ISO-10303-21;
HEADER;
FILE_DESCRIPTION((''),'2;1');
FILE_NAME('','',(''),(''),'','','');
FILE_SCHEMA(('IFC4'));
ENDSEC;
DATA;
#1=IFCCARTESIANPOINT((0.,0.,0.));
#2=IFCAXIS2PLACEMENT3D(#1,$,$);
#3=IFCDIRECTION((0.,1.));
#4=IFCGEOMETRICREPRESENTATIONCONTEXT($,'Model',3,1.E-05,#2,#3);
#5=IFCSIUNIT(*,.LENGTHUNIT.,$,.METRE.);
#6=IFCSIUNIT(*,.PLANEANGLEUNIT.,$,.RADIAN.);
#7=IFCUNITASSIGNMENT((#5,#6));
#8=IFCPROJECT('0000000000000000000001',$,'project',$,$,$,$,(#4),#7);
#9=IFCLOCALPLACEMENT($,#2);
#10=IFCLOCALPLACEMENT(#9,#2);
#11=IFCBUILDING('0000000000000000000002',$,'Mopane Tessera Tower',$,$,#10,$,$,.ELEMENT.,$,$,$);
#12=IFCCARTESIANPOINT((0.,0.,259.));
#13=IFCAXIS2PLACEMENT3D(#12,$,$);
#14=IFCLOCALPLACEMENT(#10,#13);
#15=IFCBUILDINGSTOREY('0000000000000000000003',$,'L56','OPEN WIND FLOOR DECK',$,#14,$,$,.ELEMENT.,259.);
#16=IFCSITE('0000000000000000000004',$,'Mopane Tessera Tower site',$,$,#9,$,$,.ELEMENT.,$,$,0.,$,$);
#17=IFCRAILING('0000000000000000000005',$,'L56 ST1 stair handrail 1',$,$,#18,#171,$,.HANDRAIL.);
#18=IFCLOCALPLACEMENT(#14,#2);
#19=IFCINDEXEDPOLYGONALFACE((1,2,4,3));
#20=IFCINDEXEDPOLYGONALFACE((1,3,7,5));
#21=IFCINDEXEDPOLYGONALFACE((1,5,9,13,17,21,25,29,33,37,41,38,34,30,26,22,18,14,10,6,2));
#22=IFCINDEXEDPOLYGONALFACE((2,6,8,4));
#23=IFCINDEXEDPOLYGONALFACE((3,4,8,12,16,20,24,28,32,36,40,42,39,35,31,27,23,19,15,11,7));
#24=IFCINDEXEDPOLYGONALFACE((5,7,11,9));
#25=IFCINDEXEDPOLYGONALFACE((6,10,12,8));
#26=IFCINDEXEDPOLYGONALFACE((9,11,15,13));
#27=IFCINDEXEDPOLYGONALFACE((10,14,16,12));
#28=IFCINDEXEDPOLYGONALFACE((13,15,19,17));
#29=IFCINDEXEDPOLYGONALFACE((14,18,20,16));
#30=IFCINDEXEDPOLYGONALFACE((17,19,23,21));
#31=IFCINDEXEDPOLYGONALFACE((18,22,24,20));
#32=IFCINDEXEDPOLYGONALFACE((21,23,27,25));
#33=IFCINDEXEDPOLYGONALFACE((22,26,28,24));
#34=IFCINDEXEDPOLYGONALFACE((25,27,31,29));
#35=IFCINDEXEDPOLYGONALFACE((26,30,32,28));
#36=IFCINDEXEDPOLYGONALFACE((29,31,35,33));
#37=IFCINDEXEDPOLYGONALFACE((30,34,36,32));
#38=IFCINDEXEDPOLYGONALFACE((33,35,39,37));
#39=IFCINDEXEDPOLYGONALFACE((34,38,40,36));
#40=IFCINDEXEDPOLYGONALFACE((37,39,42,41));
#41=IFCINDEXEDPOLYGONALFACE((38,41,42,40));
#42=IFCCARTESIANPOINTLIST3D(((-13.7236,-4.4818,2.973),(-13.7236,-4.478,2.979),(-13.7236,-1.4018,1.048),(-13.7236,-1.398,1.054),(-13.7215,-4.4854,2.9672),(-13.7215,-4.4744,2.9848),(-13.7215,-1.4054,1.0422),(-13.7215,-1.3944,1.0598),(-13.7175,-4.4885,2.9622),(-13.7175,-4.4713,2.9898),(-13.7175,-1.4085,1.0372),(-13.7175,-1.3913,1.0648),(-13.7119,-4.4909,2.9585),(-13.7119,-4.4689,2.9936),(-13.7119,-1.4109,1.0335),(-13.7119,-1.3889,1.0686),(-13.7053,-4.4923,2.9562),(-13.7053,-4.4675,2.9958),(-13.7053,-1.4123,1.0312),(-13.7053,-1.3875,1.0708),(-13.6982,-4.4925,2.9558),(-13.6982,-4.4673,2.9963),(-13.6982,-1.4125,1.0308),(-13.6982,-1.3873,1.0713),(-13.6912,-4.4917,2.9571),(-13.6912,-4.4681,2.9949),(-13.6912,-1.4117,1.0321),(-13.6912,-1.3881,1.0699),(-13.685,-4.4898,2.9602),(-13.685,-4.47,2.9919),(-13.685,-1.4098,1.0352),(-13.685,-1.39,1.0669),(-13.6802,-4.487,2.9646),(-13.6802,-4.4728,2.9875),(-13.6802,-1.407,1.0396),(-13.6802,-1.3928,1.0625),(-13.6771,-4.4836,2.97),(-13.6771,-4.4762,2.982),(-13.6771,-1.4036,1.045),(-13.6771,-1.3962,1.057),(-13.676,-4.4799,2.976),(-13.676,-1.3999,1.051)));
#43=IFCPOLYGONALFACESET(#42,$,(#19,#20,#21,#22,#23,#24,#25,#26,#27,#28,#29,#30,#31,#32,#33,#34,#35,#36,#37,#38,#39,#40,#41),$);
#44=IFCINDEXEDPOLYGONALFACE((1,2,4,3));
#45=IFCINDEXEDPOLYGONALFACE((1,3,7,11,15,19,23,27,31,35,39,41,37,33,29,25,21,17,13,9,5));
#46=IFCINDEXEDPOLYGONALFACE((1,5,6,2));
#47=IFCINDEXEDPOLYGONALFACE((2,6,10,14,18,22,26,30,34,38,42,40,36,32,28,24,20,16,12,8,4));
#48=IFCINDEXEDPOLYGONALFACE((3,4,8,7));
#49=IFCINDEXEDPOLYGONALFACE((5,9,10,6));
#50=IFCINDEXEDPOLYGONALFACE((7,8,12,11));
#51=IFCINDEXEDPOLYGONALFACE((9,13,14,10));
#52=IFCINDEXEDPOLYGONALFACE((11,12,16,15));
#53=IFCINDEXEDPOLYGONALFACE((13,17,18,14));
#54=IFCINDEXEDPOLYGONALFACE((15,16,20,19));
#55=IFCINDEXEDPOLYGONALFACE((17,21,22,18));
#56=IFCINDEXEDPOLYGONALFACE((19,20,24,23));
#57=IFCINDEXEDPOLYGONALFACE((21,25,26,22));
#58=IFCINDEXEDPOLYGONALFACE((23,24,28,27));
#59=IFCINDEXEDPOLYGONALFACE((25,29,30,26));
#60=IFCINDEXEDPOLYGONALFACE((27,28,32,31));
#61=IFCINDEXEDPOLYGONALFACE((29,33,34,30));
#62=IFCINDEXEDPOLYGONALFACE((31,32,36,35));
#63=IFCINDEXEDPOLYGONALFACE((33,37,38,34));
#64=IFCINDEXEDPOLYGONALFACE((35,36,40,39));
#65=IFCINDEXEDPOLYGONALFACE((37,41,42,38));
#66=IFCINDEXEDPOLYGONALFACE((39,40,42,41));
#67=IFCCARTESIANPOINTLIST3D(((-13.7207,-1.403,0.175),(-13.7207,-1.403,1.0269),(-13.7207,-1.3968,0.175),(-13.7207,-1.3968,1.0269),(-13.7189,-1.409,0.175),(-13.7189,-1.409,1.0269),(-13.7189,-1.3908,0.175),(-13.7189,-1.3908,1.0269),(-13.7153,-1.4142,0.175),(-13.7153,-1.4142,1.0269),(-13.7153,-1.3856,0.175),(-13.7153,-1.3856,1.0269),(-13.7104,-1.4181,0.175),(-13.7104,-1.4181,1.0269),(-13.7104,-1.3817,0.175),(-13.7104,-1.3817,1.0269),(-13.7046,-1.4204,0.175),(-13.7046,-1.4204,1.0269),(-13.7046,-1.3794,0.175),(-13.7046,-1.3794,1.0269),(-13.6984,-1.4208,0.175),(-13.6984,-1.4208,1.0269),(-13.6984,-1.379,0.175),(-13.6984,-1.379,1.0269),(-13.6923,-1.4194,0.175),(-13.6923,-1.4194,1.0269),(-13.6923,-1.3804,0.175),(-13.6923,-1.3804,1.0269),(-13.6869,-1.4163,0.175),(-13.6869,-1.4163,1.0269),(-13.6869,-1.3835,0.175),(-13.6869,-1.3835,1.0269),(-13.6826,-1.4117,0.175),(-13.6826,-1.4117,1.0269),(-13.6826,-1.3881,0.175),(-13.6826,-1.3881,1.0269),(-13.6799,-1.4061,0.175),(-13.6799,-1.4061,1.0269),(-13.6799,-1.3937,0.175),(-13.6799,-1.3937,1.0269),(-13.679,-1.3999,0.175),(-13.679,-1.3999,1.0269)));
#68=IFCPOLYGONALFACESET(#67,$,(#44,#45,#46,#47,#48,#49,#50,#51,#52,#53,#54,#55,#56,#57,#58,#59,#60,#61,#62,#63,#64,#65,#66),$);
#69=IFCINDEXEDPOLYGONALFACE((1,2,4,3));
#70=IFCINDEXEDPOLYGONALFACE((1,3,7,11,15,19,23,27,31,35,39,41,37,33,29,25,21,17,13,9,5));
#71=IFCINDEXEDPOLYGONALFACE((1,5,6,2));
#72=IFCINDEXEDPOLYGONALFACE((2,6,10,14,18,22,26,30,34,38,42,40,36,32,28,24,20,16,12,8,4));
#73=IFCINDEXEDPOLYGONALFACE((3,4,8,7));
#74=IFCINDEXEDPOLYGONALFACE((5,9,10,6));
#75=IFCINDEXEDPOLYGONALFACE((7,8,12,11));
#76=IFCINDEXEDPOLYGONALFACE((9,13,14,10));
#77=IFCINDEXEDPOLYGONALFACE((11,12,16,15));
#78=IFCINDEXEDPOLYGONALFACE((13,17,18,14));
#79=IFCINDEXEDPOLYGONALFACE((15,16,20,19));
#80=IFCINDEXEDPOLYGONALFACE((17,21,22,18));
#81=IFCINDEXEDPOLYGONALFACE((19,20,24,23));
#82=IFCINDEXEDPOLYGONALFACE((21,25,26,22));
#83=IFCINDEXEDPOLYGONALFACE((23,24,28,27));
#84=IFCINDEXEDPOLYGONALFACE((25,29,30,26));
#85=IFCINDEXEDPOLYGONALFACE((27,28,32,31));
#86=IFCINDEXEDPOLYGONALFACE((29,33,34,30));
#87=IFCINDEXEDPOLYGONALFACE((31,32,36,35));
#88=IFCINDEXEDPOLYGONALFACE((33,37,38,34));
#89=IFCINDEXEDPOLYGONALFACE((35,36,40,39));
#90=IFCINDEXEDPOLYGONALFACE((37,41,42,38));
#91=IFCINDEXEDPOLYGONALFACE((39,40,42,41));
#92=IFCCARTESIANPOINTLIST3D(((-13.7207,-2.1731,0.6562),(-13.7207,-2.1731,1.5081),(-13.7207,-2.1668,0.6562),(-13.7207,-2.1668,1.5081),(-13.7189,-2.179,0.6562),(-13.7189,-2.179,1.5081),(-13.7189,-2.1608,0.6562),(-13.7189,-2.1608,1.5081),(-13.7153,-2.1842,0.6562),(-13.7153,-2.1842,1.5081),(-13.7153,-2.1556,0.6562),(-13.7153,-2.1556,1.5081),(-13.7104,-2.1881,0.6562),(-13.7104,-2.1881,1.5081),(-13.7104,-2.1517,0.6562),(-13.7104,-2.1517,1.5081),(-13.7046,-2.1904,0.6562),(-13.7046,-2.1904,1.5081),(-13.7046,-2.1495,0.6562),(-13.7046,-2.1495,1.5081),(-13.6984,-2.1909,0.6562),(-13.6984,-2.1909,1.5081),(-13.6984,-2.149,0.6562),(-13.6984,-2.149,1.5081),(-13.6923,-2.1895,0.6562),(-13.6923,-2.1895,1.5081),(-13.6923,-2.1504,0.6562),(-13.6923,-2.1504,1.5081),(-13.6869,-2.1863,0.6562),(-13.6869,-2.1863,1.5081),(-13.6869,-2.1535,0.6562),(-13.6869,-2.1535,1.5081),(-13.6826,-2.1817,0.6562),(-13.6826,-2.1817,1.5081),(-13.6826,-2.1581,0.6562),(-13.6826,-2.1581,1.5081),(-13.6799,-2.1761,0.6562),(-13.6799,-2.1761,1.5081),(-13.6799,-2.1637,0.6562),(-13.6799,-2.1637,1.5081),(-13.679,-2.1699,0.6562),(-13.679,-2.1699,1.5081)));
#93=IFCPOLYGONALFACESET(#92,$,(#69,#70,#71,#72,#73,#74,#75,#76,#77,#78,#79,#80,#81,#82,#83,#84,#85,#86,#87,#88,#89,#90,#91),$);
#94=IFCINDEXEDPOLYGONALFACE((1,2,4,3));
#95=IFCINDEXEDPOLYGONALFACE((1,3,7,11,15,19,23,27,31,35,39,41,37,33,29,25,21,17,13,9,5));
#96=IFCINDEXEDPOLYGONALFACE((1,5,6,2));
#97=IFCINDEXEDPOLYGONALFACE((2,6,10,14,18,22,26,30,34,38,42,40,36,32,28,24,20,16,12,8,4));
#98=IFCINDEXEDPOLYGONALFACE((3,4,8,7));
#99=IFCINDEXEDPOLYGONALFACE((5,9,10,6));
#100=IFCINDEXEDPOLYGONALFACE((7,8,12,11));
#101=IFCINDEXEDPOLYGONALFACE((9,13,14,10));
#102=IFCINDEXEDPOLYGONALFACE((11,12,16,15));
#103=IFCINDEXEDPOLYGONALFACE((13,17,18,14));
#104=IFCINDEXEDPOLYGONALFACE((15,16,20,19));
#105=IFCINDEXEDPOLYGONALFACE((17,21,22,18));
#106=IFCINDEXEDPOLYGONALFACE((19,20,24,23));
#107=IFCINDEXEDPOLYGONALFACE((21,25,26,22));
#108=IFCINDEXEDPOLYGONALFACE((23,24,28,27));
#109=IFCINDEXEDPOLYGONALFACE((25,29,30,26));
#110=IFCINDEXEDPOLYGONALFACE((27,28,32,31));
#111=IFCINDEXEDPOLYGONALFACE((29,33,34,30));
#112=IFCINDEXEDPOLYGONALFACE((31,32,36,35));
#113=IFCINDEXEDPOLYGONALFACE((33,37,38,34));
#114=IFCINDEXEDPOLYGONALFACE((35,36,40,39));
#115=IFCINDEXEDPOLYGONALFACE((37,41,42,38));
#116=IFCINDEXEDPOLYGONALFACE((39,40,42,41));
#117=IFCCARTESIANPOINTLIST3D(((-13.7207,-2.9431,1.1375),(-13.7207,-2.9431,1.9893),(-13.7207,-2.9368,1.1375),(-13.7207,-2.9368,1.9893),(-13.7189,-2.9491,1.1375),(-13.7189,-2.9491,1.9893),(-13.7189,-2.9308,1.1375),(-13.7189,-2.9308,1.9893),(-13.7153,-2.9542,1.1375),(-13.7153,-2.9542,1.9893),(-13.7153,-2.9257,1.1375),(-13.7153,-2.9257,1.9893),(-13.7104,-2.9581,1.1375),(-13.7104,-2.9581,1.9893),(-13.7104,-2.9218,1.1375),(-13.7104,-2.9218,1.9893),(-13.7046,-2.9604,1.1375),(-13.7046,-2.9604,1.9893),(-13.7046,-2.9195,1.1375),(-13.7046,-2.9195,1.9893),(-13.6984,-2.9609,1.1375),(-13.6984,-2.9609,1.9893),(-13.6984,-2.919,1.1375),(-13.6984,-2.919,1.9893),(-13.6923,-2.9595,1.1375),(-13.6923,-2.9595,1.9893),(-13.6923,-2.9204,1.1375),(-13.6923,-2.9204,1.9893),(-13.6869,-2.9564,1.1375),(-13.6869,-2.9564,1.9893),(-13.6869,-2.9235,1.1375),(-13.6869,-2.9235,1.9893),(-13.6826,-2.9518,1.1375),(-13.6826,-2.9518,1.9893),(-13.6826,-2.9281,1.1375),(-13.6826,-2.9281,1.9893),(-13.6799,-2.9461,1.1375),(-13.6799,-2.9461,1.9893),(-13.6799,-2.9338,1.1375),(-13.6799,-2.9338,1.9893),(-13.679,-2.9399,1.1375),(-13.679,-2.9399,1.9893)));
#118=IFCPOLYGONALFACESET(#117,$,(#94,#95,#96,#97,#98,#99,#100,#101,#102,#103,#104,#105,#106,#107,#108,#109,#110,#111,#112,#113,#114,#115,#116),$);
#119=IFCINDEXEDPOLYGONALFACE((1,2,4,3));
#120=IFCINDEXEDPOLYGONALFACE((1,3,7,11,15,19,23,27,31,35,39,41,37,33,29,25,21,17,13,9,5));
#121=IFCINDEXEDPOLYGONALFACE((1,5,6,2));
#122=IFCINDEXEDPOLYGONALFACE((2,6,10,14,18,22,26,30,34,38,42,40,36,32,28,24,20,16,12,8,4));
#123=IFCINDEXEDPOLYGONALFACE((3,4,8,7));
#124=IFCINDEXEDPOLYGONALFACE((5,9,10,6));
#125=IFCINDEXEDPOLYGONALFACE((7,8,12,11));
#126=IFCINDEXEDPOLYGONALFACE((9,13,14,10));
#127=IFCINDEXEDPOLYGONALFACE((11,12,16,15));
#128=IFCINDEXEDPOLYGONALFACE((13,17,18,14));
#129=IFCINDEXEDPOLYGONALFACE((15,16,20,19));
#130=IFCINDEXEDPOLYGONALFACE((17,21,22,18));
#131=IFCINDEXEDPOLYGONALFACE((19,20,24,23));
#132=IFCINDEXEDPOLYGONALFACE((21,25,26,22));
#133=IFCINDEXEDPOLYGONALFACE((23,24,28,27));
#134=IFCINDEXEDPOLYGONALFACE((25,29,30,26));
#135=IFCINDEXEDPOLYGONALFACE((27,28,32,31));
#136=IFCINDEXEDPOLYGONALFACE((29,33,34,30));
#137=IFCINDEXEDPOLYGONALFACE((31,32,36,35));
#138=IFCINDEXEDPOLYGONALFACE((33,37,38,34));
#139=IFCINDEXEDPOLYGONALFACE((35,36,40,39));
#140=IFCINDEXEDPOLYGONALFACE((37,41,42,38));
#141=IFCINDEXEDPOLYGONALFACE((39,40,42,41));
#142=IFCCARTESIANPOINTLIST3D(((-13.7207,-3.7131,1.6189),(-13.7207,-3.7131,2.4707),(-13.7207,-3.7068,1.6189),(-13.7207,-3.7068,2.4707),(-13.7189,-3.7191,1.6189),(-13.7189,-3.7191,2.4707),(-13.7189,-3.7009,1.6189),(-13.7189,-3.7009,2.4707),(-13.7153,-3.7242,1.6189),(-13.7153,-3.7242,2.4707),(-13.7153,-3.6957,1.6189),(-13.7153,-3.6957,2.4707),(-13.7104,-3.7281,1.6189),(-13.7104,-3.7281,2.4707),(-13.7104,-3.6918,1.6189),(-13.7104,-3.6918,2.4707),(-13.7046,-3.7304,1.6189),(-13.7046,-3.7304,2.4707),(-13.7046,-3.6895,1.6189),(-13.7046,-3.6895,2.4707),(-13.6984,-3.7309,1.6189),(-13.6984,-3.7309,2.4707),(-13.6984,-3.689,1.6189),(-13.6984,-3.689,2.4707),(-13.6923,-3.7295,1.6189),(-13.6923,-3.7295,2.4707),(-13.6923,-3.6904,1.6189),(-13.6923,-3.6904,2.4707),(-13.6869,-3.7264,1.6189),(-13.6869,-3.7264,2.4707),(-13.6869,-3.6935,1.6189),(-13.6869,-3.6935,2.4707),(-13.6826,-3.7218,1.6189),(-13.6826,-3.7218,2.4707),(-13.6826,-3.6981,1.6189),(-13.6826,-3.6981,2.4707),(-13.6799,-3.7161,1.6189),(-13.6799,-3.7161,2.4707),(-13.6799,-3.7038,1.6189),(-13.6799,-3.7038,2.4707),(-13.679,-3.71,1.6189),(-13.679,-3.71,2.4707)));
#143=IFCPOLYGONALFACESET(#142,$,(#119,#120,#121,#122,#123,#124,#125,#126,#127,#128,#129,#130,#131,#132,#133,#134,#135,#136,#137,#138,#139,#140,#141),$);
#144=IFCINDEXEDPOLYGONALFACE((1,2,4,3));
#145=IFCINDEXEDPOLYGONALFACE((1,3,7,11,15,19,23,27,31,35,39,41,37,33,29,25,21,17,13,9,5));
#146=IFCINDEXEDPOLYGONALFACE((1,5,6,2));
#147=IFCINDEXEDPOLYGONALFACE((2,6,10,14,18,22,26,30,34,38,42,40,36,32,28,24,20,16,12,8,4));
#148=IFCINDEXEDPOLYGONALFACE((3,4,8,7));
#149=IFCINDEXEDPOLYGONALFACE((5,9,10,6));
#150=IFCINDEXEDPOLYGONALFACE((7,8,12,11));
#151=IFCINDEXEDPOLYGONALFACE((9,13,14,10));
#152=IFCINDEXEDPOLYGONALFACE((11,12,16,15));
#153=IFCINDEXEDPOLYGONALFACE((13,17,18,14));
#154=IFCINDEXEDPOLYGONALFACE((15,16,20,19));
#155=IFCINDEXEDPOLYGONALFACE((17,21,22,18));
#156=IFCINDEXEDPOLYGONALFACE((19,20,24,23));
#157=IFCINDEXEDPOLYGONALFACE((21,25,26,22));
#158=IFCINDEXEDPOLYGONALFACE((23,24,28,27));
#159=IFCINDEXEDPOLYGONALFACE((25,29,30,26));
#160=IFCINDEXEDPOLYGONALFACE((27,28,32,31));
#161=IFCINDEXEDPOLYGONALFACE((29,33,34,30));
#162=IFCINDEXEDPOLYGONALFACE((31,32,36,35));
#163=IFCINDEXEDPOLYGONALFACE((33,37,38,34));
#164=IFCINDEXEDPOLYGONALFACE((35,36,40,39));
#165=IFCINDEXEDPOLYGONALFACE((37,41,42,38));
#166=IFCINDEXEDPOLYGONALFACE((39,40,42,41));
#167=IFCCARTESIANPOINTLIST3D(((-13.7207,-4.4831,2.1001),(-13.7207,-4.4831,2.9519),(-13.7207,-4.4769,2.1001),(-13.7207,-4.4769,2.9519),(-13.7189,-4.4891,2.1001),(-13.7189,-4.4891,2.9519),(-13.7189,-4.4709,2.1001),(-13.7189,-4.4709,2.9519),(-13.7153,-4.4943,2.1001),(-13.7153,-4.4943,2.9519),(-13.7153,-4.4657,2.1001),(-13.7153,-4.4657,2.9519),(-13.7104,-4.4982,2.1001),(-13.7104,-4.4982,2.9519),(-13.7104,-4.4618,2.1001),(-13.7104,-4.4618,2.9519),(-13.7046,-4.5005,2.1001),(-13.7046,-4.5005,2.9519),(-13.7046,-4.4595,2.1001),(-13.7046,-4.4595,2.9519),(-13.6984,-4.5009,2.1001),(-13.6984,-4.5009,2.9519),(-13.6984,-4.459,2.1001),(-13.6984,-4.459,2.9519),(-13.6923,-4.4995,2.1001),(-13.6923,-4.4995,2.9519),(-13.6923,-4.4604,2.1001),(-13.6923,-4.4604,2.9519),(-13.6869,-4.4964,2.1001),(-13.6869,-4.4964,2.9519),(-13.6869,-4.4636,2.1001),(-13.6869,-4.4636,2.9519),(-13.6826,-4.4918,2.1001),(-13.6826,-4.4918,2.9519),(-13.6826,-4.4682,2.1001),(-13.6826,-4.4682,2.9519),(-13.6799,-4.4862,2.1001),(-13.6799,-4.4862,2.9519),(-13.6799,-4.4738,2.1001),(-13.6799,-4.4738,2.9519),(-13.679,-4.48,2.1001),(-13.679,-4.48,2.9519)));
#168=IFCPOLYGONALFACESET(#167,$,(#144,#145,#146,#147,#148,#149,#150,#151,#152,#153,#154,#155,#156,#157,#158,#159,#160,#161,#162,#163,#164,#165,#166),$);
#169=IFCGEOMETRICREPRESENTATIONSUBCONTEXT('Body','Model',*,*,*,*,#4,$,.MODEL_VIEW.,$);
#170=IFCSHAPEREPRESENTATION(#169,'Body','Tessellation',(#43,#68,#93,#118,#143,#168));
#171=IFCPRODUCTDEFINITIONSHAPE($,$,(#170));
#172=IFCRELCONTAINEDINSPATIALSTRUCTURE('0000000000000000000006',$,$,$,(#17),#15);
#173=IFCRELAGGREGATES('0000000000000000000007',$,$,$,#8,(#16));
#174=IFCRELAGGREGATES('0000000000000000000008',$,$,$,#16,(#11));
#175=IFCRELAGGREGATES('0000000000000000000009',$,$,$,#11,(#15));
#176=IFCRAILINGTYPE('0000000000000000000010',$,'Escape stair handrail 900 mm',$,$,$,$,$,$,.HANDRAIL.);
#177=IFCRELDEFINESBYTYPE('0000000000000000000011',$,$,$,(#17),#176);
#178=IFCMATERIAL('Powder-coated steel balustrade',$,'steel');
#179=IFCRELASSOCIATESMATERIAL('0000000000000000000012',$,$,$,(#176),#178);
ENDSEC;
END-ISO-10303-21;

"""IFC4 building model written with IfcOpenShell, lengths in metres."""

from ifc_helpers import new_model, si_unit, direction, frame, origin, origin_2d, place, context, subcontext, project, spatial, circle, extrude, material, type_object, element, save


model = new_model("IFC4")

# Units and contexts
model_context = context("Model", 3, precision=1e-05, world=origin(), true_north=direction((0.0, 1.0)))
body_context = subcontext(model_context, "Body", "Model", "MODEL_VIEW")
ifc_project = project(units=[si_unit("LENGTHUNIT", "METRE"), si_unit("PLANEANGLEUNIT", "RADIAN")], contexts=[model_context])

# Site, building, storey
site_placement = place(None, origin())
site = spatial("IfcSite", under=ifc_project, at=site_placement, Name="Mopane Tessera Tower site", CompositionType="ELEMENT", RefElevation=0.0)
building_placement = place(site_placement, origin())
building = spatial("IfcBuilding", under=site, at=building_placement, Name="Mopane Tessera Tower", CompositionType="ELEMENT")
storey_placement = place(building_placement, frame((0.0, 0.0, 259.0)))
storey = spatial("IfcBuildingStorey", under=building, at=storey_placement, Name="L56", Description="OPEN WIND FLOOR DECK", CompositionType="ELEMENT", Elevation=259.0)

# Railing
ifc_material_1 = material(Name="Powder-coated steel balustrade", Category="steel")
railing_type_1 = type_object("IfcRailingType", Name="Escape stair handrail 900 mm", PredefinedType="HANDRAIL", material=ifc_material_1)
for number, where, name in (
    (1, (-13.7, -1.3999, 0.175), "L56 ST1 stair handrail 1"),
):
    element("IfcRailing", number, at=place(storey_placement, frame(where)), inside=storey, type_object=railing_type_1, Name=name, PredefinedType="HANDRAIL", context=body_context, shape_type="SweptSolid", body=[
        extrude(circle(Radius=0.0239, at=origin_2d()), frame((0.0, 0.0, 0.876), z_axis=(0.0, -0.847998, 0.529999), x_axis=(1.0, 0.0, 0.0)), (0.0, 0.0, 1.0), 3.6321),
        extrude(circle(Radius=0.021, at=origin_2d()), origin(), (0.0, 0.0, 1.0), 0.8518),
        extrude(circle(Radius=0.021, at=origin_2d()), frame((0.0, -0.77, 0.4812)), (0.0, 0.0, 1.0), 0.8518),
        extrude(circle(Radius=0.021, at=origin_2d()), frame((0.0, -1.54, 0.9624)), (0.0, 0.0, 1.0), 0.8518),
        extrude(circle(Radius=0.021, at=origin_2d()), frame((0.0, -2.3101, 1.4438)), (0.0, 0.0, 1.0), 0.8518),
        extrude(circle(Radius=0.021, at=origin_2d()), frame((0.0, -3.0801, 1.925)), (0.0, 0.0, 1.0), 0.8518),
    ])

save(model, "model.ifc")
